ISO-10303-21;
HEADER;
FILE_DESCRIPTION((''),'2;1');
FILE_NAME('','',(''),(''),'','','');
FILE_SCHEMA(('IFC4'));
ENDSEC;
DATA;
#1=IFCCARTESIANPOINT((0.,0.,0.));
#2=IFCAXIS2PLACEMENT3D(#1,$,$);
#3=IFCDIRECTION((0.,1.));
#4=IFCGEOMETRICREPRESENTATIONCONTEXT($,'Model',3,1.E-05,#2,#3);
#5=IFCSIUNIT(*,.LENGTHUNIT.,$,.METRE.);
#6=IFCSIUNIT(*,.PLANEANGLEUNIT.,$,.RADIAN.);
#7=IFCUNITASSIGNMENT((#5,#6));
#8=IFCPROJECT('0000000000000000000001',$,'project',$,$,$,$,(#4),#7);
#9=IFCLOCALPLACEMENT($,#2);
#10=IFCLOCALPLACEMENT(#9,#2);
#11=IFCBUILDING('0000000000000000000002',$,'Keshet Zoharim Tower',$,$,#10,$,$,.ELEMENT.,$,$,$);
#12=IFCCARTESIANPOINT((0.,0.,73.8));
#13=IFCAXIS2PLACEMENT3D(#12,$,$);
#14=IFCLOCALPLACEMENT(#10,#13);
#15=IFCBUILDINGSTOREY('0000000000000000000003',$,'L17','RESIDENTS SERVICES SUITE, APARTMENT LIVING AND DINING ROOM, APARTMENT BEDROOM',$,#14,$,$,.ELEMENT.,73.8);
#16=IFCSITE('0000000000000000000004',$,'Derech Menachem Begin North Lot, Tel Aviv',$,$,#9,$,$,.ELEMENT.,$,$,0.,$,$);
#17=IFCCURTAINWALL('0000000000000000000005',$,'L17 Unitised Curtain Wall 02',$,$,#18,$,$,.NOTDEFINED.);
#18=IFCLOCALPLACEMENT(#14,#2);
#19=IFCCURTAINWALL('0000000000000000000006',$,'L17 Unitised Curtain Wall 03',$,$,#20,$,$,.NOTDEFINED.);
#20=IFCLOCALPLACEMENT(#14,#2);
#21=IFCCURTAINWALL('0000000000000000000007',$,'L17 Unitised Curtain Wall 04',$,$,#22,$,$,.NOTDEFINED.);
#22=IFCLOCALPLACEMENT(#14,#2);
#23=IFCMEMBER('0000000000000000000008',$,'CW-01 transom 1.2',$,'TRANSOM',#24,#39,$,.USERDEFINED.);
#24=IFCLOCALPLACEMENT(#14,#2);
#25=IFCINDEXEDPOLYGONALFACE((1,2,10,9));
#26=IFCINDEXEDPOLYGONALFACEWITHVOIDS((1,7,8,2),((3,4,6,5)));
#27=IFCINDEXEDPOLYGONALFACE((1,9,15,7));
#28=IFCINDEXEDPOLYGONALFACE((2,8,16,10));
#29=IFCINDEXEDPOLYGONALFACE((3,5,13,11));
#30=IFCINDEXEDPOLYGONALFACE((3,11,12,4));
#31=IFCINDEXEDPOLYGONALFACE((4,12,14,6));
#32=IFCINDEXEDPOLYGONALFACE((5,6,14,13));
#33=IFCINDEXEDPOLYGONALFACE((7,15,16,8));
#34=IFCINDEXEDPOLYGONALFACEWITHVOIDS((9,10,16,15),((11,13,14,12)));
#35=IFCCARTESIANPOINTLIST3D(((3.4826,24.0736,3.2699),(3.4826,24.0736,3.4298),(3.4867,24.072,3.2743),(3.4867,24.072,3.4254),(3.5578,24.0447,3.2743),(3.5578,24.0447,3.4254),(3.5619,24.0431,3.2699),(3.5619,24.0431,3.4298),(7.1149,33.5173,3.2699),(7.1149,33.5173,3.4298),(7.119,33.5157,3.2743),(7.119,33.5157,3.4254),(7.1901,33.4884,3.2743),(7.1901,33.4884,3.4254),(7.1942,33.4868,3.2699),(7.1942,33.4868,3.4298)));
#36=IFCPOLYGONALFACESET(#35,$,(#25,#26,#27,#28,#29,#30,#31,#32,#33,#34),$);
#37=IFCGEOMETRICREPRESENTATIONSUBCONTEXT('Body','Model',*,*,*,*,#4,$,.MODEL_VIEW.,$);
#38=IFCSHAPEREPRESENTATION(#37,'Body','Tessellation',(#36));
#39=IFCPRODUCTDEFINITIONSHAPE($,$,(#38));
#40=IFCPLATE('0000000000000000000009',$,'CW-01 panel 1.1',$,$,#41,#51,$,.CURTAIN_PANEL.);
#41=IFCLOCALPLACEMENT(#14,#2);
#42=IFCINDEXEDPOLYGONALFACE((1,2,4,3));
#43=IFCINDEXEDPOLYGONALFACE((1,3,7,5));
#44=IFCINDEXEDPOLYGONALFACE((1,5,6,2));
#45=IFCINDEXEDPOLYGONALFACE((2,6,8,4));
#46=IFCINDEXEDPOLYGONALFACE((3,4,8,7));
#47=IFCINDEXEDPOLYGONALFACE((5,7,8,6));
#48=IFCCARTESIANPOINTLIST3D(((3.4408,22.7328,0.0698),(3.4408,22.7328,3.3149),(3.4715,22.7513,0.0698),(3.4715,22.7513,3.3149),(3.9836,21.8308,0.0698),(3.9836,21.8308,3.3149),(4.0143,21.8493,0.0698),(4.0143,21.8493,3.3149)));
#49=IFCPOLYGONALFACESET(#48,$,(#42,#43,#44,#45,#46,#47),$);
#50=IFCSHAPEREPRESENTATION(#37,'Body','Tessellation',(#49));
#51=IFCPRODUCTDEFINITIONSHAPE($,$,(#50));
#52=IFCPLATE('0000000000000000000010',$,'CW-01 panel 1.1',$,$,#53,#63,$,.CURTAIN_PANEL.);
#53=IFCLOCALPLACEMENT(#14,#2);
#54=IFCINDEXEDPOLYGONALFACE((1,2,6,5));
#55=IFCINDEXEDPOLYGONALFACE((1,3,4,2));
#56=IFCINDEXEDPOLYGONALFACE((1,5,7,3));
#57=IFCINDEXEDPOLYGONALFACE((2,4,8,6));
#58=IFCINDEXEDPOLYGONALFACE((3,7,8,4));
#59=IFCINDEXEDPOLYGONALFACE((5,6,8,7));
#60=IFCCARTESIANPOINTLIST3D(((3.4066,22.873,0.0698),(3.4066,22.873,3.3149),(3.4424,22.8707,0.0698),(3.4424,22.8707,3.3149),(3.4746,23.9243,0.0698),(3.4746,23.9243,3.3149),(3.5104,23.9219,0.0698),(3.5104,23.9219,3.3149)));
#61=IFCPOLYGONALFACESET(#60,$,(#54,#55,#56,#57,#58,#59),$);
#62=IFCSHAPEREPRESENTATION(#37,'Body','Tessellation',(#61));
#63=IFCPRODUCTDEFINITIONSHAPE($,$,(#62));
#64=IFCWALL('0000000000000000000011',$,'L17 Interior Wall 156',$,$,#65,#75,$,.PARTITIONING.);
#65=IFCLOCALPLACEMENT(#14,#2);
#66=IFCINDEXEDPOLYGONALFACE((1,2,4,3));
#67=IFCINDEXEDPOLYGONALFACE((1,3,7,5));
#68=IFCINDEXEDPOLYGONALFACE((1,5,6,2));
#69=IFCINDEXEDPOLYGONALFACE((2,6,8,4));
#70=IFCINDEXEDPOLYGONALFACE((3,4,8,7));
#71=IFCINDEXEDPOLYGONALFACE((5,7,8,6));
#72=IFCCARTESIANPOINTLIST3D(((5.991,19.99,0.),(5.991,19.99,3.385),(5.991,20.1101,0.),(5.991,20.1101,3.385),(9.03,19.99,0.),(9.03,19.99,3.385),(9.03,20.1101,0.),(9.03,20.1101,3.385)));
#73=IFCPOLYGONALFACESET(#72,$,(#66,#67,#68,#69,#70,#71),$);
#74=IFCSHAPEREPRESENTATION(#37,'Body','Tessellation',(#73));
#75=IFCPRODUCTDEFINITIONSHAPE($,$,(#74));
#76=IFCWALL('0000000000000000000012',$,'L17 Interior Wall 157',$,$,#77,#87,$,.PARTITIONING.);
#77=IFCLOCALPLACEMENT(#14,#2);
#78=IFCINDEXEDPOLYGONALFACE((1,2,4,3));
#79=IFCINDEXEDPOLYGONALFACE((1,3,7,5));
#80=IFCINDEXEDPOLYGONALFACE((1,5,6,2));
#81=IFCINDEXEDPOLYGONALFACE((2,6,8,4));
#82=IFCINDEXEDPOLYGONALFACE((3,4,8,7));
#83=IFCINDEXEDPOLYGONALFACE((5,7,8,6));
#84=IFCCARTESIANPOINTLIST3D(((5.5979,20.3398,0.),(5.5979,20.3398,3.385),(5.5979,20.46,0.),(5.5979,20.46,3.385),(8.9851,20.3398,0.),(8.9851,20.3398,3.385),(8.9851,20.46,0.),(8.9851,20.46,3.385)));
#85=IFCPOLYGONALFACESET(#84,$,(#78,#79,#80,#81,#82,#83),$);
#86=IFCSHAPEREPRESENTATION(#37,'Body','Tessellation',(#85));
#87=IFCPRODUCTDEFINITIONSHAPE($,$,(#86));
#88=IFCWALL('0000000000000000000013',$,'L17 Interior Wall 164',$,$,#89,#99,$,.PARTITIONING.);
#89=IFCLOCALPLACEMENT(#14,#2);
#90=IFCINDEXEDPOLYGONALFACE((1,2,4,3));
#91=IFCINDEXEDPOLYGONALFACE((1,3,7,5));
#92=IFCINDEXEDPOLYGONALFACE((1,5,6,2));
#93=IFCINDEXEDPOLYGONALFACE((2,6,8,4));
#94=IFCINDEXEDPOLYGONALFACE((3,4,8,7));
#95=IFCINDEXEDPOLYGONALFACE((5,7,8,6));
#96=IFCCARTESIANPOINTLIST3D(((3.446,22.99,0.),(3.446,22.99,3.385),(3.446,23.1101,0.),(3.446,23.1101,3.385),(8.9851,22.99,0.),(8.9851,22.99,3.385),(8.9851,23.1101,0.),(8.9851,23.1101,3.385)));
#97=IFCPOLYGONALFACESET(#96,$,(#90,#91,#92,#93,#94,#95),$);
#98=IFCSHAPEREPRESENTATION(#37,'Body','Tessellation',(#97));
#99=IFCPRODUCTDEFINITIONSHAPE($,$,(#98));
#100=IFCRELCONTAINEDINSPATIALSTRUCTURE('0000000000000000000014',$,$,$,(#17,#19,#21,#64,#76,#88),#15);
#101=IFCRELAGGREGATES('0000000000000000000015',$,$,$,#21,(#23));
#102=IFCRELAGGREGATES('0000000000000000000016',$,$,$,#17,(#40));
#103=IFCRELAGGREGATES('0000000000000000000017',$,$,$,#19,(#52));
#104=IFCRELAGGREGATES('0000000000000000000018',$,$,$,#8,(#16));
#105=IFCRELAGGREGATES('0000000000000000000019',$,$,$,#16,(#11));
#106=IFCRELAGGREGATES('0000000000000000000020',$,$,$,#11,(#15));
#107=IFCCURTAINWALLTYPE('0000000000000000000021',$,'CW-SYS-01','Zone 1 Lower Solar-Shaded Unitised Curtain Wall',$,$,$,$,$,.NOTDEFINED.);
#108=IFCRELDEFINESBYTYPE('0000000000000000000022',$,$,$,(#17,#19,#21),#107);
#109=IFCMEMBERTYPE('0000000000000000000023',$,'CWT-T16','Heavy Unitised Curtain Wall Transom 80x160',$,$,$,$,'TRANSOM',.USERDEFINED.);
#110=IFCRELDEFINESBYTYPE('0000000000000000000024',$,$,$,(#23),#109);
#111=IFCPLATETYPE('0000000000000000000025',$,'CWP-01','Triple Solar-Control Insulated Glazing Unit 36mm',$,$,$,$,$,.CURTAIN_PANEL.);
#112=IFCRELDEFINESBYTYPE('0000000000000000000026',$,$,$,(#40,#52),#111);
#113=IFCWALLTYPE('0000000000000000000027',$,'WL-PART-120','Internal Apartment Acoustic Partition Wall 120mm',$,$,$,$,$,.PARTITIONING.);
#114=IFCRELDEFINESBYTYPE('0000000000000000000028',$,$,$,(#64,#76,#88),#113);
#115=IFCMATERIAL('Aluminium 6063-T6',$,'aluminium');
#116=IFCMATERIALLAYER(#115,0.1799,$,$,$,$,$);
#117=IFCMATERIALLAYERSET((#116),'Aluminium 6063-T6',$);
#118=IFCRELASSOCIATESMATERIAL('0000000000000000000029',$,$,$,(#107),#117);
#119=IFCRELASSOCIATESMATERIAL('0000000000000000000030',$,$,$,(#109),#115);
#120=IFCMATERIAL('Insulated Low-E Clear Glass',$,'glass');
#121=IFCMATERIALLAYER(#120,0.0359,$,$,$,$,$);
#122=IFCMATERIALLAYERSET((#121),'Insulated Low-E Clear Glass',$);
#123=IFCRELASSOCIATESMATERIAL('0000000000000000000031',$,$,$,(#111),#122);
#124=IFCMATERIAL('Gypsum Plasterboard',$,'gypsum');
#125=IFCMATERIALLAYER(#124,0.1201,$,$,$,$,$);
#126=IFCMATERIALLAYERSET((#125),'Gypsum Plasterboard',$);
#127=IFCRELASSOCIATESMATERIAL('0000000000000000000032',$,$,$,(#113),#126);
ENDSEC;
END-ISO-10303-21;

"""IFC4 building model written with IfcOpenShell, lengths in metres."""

from ifc_helpers import new_model, si_unit, direction, frame, frame_2d, origin, origin_2d, place, context, subcontext, project, spatial, rectangle, hollow_rectangle, extrude, material, layer, layer_set, material_profile, profile_set, type_object, element, aggregate, save


model = new_model("IFC4")

# Units and contexts
model_context = context("Model", 3, precision=1e-05, world=origin(), true_north=direction((0.0, 1.0)))
body_context = subcontext(model_context, "Body", "Model", "MODEL_VIEW")
ifc_project = project(units=[si_unit("LENGTHUNIT", "METRE"), si_unit("PLANEANGLEUNIT", "RADIAN")], contexts=[model_context])

# Site, building, storey
site_placement = place(None, origin())
site = spatial("IfcSite", under=ifc_project, at=site_placement, Name="Derech Menachem Begin North Lot, Tel Aviv", CompositionType="ELEMENT", RefElevation=0.0)
building_placement = place(site_placement, origin())
building = spatial("IfcBuilding", under=site, at=building_placement, Name="Keshet Zoharim Tower", CompositionType="ELEMENT")
storey_placement = place(building_placement, frame((0.0, 0.0, 73.8)))
storey = spatial("IfcBuildingStorey", under=building, at=storey_placement, Name="L17", Description="RESIDENTS SERVICES SUITE, APARTMENT LIVING AND DINING ROOM, APARTMENT BEDROOM", CompositionType="ELEMENT", Elevation=73.8)

# Shared definitions
ifc_material_1 = material(Name="Aluminium 6063-T6", Category="aluminium")
ifc_layer_1 = layer(ifc_material_1, 0.1799)
ifc_layer_set_1 = layer_set([ifc_layer_1], Name="Aluminium 6063-T6")
curtain_wall_type = type_object("IfcCurtainWallType", Name="CW-SYS-01", Description="Zone 1 Lower Solar-Shaded Unitised Curtain Wall", PredefinedType="NOTDEFINED", material=ifc_layer_set_1)

# Curtain walls
curtain_wall_1_placement = place(storey_placement, origin())
curtain_wall_1 = element("IfcCurtainWall", 1, at=curtain_wall_1_placement, inside=storey, type_object=curtain_wall_type, Name="L17 Unitised Curtain Wall 02", PredefinedType="NOTDEFINED")
curtain_wall_2_placement = place(storey_placement, origin())
curtain_wall_2 = element("IfcCurtainWall", 2, at=curtain_wall_2_placement, inside=storey, type_object=curtain_wall_type, Name="L17 Unitised Curtain Wall 03", PredefinedType="NOTDEFINED")

# Curtain wall
curtain_wall_3_placement = place(storey_placement, origin())
curtain_wall_3 = element("IfcCurtainWall", 3, at=curtain_wall_3_placement, inside=storey, type_object=curtain_wall_type, Name="L17 Unitised Curtain Wall 04", PredefinedType="NOTDEFINED")

# Member
ifc_material_profile_1 = material_profile(ifc_material_1, hollow_rectangle(XDim=0.085, YDim=0.1599, WallThickness=0.0044, at=origin_2d()), Name="TRN-85x160")
ifc_profile_set_1 = profile_set([ifc_material_profile_1], Name="Aluminium 6063-T6")
member_type_1 = type_object("IfcMemberType", Name="CWT-T16", Description="Heavy Unitised Curtain Wall Transom 80x160", ElementType="TRANSOM", PredefinedType="USERDEFINED", material=ifc_profile_set_1)
member_1_placement = place(storey_placement, frame((3.5222, 24.0583, 3.3499), z_axis=(0.358994, 0.93334, 0.0), x_axis=(-0.93334, 0.358994, 0.0)))
member_1 = element("IfcMember", 4, at=member_1_placement, type_object=member_type_1, Name="CW-01 transom 1.2", ObjectType="TRANSOM", PredefinedType="USERDEFINED", context=body_context, shape_type="SweptSolid", body=[
    extrude(hollow_rectangle(XDim=0.085, YDim=0.1599, WallThickness=0.0044, at=origin_2d()), origin(), (0.0, 0.0, 1.0), 10.1182),
])
aggregate(curtain_wall_3, [member_1])

# Plates
ifc_material_2 = material(Name="Insulated Low-E Clear Glass", Category="glass")
ifc_layer_2 = layer(ifc_material_2, 0.0359)
ifc_layer_set_2 = layer_set([ifc_layer_2], Name="Insulated Low-E Clear Glass")
plate_type = type_object("IfcPlateType", Name="CWP-01", Description="Triple Solar-Control Insulated Glazing Unit 36mm", PredefinedType="CURTAIN_PANEL", material=ifc_layer_set_2)
plate_1_placement = place(storey_placement, frame((3.7275, 22.291, 0.0698), z_axis=(0.0, 0.0, 1.0), x_axis=(-0.515605, 0.856826, 0.0)))
plate_1 = element("IfcPlate", 5, at=plate_1_placement, type_object=plate_type, Name="CW-01 panel 1.1", PredefinedType="CURTAIN_PANEL", context=body_context, shape_type="SweptSolid", body=[
    extrude(rectangle(XDim=1.0527, YDim=0.0359, at=origin_2d()), origin(), (0.0, 0.0, 1.0), 3.2451),
])
aggregate(curtain_wall_1, [plate_1])
plate_2_placement = place(storey_placement, frame((3.4585, 23.3975, 0.0698), z_axis=(0.0, 0.0, 1.0), x_axis=(0.064517, 0.997917, 0.0)))
plate_2 = element("IfcPlate", 6, at=plate_2_placement, type_object=plate_type, Name="CW-01 panel 1.1", PredefinedType="CURTAIN_PANEL", context=body_context, shape_type="SweptSolid", body=[
    extrude(rectangle(XDim=1.0535, YDim=0.0359, at=origin_2d()), origin(), (0.0, 0.0, 1.0), 3.2451),
])
aggregate(curtain_wall_2, [plate_2])

# Walls
ifc_material_3 = material(Name="Gypsum Plasterboard", Category="gypsum")
ifc_layer_3 = layer(ifc_material_3, 0.1201)
ifc_layer_set_3 = layer_set([ifc_layer_3], Name="Gypsum Plasterboard")
wall_type = type_object("IfcWallType", Name="WL-PART-120", Description="Internal Apartment Acoustic Partition Wall 120mm", PredefinedType="PARTITIONING", material=ifc_layer_set_3)
wall_1_placement = place(storey_placement, frame((5.991, 20.05, 0.0), z_axis=(0.0, 0.0, 1.0), x_axis=(1.0, 0.0, 0.0)))
element("IfcWall", 7, at=wall_1_placement, inside=storey, type_object=wall_type, Name="L17 Interior Wall 156", PredefinedType="PARTITIONING", context=body_context, shape_type="SweptSolid", body=[
    extrude(rectangle(XDim=3.0391, YDim=0.1201, at=frame_2d((1.5195, 0.0))), origin(), (0.0, 0.0, 1.0), 3.385),
])
wall_2_placement = place(storey_placement, frame((5.5979, 20.3999, 0.0), z_axis=(0.0, 0.0, 1.0), x_axis=(1.0, 0.0, 0.0)))
element("IfcWall", 8, at=wall_2_placement, inside=storey, type_object=wall_type, Name="L17 Interior Wall 157", PredefinedType="PARTITIONING", context=body_context, shape_type="SweptSolid", body=[
    extrude(rectangle(XDim=3.3872, YDim=0.1201, at=frame_2d((1.6936, 0.0))), origin(), (0.0, 0.0, 1.0), 3.385),
])
wall_3_placement = place(storey_placement, frame((3.446, 23.05, 0.0), z_axis=(0.0, 0.0, 1.0), x_axis=(1.0, 0.0, 0.0)))
element("IfcWall", 9, at=wall_3_placement, inside=storey, type_object=wall_type, Name="L17 Interior Wall 164", PredefinedType="PARTITIONING", context=body_context, shape_type="SweptSolid", body=[
    extrude(rectangle(XDim=5.5391, YDim=0.1201, at=frame_2d((2.7695, 0.0))), origin(), (0.0, 0.0, 1.0), 3.385),
])

save(model, "model.ifc")
